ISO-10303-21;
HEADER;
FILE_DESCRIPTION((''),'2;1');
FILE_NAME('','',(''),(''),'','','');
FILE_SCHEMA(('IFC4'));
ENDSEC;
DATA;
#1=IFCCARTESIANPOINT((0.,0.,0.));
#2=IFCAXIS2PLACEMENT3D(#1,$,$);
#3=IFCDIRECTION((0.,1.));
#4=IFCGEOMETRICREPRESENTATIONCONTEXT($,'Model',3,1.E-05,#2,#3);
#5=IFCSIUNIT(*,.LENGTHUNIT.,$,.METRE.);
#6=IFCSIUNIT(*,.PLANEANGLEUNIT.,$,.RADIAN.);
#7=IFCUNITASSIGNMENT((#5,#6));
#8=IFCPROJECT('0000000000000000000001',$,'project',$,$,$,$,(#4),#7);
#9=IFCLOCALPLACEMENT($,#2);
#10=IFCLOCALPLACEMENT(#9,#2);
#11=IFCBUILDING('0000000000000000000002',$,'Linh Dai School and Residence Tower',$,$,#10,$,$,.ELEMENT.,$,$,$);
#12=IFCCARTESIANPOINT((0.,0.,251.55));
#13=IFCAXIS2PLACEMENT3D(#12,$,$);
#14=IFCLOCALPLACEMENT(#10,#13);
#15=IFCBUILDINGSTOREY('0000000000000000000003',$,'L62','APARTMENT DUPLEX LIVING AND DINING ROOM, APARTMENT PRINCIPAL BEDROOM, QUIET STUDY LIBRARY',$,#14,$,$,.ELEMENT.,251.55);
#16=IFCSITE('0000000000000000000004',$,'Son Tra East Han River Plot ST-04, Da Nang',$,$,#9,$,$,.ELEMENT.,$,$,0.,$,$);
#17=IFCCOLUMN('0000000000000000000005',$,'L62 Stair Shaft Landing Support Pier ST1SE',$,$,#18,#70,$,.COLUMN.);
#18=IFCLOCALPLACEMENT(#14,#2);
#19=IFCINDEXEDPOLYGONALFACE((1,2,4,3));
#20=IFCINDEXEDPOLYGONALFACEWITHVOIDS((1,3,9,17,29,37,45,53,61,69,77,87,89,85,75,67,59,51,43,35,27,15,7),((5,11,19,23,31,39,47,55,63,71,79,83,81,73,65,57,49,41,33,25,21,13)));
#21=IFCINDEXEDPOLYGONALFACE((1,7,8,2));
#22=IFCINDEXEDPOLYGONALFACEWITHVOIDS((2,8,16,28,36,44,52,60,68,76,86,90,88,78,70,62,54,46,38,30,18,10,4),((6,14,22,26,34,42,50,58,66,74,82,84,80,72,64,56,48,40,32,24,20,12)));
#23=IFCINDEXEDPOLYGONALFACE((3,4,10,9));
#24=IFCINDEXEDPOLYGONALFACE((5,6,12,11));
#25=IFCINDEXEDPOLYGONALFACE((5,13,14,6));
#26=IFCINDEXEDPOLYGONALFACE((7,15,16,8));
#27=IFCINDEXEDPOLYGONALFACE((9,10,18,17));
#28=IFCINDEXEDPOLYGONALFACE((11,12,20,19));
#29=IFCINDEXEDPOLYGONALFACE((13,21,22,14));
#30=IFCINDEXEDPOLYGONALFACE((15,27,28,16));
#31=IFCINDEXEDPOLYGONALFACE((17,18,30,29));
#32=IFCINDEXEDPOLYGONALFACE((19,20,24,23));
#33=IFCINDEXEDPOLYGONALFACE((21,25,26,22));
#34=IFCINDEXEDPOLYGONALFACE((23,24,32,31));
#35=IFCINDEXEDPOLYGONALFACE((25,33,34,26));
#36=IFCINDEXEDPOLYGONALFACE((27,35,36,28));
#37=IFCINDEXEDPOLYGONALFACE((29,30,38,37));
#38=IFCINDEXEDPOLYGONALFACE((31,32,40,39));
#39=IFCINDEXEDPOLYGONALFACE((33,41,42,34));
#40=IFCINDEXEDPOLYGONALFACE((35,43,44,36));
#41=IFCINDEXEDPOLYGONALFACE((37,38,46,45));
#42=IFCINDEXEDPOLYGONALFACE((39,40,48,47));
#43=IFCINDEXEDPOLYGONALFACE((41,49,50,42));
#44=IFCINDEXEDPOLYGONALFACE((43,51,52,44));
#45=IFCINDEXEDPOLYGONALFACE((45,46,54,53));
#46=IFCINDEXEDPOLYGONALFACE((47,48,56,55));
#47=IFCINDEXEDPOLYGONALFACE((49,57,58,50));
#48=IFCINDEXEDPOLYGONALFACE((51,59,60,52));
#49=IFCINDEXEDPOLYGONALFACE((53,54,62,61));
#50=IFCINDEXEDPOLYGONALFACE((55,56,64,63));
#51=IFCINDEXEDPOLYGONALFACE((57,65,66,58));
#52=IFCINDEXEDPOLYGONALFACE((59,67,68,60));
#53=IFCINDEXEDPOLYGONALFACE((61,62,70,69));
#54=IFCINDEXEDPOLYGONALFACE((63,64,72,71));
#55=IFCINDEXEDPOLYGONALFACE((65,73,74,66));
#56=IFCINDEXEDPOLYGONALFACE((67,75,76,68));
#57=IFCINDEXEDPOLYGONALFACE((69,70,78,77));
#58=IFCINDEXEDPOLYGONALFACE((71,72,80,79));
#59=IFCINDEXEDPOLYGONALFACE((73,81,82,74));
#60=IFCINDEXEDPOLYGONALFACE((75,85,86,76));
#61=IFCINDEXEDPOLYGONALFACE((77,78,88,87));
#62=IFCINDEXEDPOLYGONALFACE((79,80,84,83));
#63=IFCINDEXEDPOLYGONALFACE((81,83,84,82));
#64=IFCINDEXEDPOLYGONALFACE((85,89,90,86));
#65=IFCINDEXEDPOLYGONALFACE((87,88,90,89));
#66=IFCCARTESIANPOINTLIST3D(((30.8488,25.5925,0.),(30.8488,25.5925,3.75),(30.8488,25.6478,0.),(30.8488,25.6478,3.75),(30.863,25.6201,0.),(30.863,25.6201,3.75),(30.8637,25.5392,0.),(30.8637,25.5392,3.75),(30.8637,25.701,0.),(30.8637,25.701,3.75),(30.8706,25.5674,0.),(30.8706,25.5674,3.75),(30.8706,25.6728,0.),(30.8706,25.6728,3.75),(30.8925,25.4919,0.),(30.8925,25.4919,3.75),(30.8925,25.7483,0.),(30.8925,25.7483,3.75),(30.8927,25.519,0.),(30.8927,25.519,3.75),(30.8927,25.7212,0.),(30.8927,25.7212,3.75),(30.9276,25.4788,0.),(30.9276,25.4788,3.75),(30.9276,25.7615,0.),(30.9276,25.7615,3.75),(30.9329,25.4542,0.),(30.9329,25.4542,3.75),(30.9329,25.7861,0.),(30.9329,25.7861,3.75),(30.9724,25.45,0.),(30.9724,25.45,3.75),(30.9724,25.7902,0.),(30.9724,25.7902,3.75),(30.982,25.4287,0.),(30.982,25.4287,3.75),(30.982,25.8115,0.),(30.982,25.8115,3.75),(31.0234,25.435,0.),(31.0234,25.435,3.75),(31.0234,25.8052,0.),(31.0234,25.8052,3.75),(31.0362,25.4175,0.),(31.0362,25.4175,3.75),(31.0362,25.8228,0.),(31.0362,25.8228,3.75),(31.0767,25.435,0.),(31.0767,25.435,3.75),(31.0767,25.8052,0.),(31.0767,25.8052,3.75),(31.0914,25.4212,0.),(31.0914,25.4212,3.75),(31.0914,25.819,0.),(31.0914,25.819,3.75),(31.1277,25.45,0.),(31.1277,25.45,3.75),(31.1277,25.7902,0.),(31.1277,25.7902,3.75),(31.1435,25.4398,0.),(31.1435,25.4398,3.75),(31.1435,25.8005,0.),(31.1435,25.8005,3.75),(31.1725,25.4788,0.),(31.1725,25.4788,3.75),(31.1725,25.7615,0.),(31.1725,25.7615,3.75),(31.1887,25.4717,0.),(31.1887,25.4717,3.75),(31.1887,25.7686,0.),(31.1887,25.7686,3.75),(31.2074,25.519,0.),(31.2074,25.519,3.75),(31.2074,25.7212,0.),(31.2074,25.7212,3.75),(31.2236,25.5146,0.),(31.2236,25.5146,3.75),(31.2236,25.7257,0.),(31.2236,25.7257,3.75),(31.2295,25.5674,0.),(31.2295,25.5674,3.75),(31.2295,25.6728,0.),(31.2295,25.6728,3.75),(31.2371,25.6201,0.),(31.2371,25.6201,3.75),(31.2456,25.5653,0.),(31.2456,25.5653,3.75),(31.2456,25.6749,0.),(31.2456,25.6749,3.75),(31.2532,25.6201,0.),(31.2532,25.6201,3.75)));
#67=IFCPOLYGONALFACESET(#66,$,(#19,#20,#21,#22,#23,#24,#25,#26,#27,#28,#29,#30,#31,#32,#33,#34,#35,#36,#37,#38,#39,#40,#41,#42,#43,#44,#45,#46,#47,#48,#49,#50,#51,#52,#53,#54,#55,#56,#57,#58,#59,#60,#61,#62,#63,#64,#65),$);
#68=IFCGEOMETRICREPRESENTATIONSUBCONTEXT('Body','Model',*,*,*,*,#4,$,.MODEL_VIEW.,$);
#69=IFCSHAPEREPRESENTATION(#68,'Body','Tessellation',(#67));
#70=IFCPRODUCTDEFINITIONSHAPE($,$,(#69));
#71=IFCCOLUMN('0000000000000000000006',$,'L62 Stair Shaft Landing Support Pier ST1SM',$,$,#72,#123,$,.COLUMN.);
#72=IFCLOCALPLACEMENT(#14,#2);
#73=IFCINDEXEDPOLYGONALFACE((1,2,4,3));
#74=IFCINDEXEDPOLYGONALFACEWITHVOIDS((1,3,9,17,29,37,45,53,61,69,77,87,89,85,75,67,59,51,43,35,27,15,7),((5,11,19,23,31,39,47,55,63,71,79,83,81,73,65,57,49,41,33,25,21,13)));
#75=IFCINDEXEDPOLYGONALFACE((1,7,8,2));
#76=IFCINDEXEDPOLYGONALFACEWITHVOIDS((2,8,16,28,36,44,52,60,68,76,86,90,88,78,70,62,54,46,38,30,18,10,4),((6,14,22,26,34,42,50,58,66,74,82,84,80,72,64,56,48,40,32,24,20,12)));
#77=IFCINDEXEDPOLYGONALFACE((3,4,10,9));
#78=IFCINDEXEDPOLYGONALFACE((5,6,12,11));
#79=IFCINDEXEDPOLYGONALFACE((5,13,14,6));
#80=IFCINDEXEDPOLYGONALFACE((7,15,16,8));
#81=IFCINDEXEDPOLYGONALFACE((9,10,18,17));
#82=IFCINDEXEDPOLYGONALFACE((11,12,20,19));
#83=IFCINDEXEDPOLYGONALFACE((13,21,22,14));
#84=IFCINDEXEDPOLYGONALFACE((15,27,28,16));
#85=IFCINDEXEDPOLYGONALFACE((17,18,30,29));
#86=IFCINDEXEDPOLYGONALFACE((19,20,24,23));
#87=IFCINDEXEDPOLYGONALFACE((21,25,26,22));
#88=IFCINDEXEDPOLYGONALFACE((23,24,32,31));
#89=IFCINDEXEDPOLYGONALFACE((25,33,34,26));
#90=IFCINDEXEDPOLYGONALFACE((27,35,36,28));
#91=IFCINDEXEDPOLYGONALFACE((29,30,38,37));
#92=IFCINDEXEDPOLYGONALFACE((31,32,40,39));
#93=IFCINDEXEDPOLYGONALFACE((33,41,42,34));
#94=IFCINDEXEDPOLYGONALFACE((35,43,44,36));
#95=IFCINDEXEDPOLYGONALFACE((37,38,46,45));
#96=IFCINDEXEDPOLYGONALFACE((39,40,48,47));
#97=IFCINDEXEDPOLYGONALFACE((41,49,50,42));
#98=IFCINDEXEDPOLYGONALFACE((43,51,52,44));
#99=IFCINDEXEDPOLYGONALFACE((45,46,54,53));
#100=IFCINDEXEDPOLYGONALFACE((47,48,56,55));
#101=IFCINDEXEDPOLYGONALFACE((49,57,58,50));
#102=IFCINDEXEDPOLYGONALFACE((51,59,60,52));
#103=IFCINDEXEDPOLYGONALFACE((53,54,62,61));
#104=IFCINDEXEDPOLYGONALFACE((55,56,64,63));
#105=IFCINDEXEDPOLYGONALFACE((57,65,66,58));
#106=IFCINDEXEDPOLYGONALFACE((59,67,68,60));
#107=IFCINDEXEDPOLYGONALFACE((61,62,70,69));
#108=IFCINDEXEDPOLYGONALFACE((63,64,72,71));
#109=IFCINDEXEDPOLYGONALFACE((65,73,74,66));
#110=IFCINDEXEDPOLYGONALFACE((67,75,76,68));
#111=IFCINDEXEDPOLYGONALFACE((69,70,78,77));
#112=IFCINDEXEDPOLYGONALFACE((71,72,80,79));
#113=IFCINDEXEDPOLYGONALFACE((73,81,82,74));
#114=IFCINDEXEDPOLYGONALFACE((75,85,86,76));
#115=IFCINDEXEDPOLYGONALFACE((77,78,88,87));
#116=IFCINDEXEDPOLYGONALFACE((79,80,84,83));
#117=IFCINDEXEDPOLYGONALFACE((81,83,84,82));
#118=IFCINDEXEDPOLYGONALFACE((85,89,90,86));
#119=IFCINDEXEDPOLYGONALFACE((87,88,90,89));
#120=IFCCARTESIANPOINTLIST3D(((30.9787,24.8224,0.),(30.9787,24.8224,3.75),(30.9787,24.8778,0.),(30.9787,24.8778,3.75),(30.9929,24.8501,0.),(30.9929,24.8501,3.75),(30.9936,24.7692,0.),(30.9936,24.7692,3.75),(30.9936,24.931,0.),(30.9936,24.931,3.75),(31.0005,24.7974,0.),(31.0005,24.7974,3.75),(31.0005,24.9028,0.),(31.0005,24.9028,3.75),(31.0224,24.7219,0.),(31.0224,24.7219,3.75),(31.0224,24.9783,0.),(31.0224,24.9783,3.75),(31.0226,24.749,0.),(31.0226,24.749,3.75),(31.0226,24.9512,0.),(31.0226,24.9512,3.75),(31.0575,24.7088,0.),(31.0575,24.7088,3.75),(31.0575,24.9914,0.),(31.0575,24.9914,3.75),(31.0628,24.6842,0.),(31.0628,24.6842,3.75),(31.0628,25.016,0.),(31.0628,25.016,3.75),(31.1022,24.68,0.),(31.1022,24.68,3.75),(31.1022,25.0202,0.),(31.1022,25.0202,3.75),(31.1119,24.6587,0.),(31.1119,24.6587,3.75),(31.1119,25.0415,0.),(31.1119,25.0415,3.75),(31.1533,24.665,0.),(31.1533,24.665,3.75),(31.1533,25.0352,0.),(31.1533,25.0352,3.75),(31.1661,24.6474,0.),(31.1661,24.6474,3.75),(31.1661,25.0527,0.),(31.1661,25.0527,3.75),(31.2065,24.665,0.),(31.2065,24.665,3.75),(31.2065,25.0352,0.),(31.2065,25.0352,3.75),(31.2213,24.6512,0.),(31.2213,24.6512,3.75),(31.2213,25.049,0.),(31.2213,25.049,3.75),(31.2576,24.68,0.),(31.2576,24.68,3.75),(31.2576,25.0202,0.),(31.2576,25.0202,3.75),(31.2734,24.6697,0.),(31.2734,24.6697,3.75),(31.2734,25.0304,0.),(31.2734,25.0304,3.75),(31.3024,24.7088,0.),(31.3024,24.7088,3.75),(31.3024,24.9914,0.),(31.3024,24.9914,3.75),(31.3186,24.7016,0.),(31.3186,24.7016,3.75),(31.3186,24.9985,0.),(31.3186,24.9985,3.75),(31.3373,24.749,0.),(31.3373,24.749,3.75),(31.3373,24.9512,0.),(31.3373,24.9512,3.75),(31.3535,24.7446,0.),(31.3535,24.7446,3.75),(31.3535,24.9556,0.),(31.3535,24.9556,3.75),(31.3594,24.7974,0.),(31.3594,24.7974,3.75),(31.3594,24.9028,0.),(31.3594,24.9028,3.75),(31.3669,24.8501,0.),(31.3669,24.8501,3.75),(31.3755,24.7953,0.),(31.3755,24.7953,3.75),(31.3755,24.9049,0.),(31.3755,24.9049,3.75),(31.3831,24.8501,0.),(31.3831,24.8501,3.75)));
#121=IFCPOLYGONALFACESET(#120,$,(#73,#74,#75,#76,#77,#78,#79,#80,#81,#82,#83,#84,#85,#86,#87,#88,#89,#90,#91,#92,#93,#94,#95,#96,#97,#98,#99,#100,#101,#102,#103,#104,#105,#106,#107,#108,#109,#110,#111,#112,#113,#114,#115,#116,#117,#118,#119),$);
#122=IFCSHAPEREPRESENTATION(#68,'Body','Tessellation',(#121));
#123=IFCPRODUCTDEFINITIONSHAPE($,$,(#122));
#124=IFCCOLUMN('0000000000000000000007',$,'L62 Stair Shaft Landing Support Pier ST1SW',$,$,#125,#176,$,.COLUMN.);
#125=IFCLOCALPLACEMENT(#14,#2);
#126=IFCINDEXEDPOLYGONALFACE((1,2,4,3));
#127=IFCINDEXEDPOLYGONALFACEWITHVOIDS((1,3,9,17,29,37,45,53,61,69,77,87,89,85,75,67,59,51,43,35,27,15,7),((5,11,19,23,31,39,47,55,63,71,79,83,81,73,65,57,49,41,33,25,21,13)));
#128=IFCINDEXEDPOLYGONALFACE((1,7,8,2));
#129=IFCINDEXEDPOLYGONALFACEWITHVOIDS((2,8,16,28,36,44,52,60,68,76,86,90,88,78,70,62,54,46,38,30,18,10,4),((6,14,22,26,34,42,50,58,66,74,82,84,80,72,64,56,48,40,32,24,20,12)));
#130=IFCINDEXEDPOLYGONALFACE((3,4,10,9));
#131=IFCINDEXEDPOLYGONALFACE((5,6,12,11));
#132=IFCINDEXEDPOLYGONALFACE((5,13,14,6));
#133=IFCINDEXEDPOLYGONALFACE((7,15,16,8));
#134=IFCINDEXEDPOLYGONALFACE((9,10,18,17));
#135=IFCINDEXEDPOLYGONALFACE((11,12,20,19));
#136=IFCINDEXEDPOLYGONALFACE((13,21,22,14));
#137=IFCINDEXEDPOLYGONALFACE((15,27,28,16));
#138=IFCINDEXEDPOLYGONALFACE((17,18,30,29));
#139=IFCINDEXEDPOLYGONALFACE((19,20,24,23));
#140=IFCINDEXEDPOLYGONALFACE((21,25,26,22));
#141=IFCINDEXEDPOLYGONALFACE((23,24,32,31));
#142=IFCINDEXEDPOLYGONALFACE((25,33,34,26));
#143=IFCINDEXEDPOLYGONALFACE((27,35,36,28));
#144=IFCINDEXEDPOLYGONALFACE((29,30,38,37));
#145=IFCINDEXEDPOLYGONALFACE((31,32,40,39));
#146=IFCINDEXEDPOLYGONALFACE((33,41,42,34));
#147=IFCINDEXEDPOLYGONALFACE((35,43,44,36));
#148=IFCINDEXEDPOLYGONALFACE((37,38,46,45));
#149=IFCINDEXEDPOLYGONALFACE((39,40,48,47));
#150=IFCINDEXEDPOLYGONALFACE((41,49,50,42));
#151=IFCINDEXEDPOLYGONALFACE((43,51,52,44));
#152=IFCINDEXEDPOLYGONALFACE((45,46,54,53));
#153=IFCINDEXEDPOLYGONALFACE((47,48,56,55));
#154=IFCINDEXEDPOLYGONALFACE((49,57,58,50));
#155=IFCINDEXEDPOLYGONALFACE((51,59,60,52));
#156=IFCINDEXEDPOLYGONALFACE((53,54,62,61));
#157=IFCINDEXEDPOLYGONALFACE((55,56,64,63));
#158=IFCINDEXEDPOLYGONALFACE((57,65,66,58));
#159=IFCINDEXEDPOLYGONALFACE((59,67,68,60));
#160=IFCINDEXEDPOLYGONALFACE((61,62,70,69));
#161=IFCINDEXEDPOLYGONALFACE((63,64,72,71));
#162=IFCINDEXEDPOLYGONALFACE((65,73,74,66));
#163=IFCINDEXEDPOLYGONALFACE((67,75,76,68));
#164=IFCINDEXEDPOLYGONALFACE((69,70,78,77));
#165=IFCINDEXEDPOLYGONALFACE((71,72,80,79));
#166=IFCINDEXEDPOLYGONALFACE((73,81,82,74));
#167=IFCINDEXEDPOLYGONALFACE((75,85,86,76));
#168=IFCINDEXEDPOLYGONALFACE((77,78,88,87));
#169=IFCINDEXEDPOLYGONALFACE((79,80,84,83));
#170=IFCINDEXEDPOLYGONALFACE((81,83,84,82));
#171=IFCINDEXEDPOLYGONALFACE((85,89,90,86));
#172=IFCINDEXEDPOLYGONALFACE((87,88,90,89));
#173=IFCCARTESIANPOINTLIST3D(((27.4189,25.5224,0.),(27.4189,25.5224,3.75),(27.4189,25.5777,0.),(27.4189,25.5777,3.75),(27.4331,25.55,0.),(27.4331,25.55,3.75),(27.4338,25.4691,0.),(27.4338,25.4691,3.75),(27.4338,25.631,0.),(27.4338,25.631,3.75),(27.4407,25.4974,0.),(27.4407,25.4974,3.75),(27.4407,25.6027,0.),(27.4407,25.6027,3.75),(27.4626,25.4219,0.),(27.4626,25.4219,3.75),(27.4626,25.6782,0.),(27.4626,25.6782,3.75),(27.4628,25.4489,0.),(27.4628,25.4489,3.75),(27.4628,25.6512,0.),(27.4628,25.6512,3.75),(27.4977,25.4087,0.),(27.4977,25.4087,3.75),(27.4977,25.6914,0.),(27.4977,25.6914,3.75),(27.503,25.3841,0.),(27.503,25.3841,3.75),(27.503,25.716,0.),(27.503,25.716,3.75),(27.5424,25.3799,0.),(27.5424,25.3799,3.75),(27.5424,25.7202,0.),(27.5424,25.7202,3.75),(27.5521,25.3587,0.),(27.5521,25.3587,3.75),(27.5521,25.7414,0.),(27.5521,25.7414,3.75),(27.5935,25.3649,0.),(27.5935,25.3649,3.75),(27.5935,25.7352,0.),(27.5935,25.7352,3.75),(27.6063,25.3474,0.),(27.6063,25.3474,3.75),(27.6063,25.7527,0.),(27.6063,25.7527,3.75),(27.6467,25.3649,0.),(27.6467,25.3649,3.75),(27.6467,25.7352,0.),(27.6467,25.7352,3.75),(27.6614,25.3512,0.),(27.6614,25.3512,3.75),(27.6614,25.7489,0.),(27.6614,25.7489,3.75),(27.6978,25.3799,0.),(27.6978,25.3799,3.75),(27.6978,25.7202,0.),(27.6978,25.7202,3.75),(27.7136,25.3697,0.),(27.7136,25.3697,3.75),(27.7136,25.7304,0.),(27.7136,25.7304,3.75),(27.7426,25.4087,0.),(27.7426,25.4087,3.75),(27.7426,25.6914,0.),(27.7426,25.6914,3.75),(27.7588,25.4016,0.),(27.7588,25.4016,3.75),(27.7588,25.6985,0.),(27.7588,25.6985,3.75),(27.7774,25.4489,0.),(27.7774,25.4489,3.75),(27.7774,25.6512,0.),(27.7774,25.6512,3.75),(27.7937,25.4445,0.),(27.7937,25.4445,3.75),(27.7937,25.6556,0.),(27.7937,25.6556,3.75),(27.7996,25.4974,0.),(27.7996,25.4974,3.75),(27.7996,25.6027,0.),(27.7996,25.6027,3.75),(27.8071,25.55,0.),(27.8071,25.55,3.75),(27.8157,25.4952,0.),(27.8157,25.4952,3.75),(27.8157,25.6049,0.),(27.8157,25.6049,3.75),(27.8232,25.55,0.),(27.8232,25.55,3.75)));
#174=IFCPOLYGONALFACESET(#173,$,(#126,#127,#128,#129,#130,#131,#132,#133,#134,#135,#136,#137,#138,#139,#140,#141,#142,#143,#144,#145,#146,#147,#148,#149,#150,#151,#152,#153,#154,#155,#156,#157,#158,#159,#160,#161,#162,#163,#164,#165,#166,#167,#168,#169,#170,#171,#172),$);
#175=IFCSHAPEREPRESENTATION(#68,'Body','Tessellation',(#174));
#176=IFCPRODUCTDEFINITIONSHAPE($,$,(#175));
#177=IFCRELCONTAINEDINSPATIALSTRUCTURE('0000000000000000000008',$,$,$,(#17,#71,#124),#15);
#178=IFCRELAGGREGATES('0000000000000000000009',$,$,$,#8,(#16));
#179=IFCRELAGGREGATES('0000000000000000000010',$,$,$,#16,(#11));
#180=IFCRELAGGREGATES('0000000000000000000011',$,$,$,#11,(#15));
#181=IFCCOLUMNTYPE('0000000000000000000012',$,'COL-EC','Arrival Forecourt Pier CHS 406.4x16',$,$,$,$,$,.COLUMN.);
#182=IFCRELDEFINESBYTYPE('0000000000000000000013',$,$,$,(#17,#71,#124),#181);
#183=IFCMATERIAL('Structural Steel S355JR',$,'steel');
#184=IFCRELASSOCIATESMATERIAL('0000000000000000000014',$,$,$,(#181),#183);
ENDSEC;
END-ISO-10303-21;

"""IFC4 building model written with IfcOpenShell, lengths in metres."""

from ifc_helpers import new_model, si_unit, direction, frame, origin, origin_2d, place, context, subcontext, project, spatial, hollow_circle, extrude, material, material_profile, profile_set, type_object, element, save


model = new_model("IFC4")

# Units and contexts
model_context = context("Model", 3, precision=1e-05, world=origin(), true_north=direction((0.0, 1.0)))
body_context = subcontext(model_context, "Body", "Model", "MODEL_VIEW")
ifc_project = project(units=[si_unit("LENGTHUNIT", "METRE"), si_unit("PLANEANGLEUNIT", "RADIAN")], contexts=[model_context])

# Site, building, storey
site_placement = place(None, origin())
site = spatial("IfcSite", under=ifc_project, at=site_placement, Name="Son Tra East Han River Plot ST-04, Da Nang", CompositionType="ELEMENT", RefElevation=0.0)
building_placement = place(site_placement, origin())
building = spatial("IfcBuilding", under=site, at=building_placement, Name="Linh Dai School and Residence Tower", CompositionType="ELEMENT")
storey_placement = place(building_placement, frame((0.0, 0.0, 251.55)))
storey = spatial("IfcBuildingStorey", under=building, at=storey_placement, Name="L62", Description="APARTMENT DUPLEX LIVING AND DINING ROOM, APARTMENT PRINCIPAL BEDROOM, QUIET STUDY LIBRARY", CompositionType="ELEMENT", Elevation=251.55)

# Columns
ifc_material_1 = material(Name="Structural Steel S355JR", Category="steel")
ifc_material_profile_1 = material_profile(ifc_material_1, hollow_circle(Radius=0.2031, WallThickness=0.0161, at=origin_2d()), Name="CHS 406.4x16")
ifc_profile_set_1 = profile_set([ifc_material_profile_1], Name="Structural Steel S355JR")
column_type_1 = type_object("IfcColumnType", Name="COL-EC", Description="Arrival Forecourt Pier CHS 406.4x16", PredefinedType="COLUMN", material=ifc_profile_set_1)
for number, where, z_axis, x_axis, name in (
    (1, (31.05, 25.6201, 0.0), (0.0, 0.0, 1.0), (1.0, 0.0, 0.0), "L62 Stair Shaft Landing Support Pier ST1SE"),
    (2, (31.1799, 24.8501, 0.0), (0.0, 0.0, 1.0), (1.0, 0.0, 0.0), "L62 Stair Shaft Landing Support Pier ST1SM"),
    (3, (27.6201, 25.55, 0.0), (0.0, 0.0, 1.0), (1.0, 0.0, 0.0), "L62 Stair Shaft Landing Support Pier ST1SW"),
):
    element("IfcColumn", number, at=place(storey_placement, frame(where, z_axis=z_axis, x_axis=x_axis)), inside=storey, type_object=column_type_1, Name=name, PredefinedType="COLUMN", context=body_context, shape_type="SweptSolid", body=[
        extrude(hollow_circle(Radius=0.2031, WallThickness=0.0161, at=origin_2d()), origin(), (0.0, 0.0, 1.0), 3.75),
    ])

save(model, "model.ifc")
